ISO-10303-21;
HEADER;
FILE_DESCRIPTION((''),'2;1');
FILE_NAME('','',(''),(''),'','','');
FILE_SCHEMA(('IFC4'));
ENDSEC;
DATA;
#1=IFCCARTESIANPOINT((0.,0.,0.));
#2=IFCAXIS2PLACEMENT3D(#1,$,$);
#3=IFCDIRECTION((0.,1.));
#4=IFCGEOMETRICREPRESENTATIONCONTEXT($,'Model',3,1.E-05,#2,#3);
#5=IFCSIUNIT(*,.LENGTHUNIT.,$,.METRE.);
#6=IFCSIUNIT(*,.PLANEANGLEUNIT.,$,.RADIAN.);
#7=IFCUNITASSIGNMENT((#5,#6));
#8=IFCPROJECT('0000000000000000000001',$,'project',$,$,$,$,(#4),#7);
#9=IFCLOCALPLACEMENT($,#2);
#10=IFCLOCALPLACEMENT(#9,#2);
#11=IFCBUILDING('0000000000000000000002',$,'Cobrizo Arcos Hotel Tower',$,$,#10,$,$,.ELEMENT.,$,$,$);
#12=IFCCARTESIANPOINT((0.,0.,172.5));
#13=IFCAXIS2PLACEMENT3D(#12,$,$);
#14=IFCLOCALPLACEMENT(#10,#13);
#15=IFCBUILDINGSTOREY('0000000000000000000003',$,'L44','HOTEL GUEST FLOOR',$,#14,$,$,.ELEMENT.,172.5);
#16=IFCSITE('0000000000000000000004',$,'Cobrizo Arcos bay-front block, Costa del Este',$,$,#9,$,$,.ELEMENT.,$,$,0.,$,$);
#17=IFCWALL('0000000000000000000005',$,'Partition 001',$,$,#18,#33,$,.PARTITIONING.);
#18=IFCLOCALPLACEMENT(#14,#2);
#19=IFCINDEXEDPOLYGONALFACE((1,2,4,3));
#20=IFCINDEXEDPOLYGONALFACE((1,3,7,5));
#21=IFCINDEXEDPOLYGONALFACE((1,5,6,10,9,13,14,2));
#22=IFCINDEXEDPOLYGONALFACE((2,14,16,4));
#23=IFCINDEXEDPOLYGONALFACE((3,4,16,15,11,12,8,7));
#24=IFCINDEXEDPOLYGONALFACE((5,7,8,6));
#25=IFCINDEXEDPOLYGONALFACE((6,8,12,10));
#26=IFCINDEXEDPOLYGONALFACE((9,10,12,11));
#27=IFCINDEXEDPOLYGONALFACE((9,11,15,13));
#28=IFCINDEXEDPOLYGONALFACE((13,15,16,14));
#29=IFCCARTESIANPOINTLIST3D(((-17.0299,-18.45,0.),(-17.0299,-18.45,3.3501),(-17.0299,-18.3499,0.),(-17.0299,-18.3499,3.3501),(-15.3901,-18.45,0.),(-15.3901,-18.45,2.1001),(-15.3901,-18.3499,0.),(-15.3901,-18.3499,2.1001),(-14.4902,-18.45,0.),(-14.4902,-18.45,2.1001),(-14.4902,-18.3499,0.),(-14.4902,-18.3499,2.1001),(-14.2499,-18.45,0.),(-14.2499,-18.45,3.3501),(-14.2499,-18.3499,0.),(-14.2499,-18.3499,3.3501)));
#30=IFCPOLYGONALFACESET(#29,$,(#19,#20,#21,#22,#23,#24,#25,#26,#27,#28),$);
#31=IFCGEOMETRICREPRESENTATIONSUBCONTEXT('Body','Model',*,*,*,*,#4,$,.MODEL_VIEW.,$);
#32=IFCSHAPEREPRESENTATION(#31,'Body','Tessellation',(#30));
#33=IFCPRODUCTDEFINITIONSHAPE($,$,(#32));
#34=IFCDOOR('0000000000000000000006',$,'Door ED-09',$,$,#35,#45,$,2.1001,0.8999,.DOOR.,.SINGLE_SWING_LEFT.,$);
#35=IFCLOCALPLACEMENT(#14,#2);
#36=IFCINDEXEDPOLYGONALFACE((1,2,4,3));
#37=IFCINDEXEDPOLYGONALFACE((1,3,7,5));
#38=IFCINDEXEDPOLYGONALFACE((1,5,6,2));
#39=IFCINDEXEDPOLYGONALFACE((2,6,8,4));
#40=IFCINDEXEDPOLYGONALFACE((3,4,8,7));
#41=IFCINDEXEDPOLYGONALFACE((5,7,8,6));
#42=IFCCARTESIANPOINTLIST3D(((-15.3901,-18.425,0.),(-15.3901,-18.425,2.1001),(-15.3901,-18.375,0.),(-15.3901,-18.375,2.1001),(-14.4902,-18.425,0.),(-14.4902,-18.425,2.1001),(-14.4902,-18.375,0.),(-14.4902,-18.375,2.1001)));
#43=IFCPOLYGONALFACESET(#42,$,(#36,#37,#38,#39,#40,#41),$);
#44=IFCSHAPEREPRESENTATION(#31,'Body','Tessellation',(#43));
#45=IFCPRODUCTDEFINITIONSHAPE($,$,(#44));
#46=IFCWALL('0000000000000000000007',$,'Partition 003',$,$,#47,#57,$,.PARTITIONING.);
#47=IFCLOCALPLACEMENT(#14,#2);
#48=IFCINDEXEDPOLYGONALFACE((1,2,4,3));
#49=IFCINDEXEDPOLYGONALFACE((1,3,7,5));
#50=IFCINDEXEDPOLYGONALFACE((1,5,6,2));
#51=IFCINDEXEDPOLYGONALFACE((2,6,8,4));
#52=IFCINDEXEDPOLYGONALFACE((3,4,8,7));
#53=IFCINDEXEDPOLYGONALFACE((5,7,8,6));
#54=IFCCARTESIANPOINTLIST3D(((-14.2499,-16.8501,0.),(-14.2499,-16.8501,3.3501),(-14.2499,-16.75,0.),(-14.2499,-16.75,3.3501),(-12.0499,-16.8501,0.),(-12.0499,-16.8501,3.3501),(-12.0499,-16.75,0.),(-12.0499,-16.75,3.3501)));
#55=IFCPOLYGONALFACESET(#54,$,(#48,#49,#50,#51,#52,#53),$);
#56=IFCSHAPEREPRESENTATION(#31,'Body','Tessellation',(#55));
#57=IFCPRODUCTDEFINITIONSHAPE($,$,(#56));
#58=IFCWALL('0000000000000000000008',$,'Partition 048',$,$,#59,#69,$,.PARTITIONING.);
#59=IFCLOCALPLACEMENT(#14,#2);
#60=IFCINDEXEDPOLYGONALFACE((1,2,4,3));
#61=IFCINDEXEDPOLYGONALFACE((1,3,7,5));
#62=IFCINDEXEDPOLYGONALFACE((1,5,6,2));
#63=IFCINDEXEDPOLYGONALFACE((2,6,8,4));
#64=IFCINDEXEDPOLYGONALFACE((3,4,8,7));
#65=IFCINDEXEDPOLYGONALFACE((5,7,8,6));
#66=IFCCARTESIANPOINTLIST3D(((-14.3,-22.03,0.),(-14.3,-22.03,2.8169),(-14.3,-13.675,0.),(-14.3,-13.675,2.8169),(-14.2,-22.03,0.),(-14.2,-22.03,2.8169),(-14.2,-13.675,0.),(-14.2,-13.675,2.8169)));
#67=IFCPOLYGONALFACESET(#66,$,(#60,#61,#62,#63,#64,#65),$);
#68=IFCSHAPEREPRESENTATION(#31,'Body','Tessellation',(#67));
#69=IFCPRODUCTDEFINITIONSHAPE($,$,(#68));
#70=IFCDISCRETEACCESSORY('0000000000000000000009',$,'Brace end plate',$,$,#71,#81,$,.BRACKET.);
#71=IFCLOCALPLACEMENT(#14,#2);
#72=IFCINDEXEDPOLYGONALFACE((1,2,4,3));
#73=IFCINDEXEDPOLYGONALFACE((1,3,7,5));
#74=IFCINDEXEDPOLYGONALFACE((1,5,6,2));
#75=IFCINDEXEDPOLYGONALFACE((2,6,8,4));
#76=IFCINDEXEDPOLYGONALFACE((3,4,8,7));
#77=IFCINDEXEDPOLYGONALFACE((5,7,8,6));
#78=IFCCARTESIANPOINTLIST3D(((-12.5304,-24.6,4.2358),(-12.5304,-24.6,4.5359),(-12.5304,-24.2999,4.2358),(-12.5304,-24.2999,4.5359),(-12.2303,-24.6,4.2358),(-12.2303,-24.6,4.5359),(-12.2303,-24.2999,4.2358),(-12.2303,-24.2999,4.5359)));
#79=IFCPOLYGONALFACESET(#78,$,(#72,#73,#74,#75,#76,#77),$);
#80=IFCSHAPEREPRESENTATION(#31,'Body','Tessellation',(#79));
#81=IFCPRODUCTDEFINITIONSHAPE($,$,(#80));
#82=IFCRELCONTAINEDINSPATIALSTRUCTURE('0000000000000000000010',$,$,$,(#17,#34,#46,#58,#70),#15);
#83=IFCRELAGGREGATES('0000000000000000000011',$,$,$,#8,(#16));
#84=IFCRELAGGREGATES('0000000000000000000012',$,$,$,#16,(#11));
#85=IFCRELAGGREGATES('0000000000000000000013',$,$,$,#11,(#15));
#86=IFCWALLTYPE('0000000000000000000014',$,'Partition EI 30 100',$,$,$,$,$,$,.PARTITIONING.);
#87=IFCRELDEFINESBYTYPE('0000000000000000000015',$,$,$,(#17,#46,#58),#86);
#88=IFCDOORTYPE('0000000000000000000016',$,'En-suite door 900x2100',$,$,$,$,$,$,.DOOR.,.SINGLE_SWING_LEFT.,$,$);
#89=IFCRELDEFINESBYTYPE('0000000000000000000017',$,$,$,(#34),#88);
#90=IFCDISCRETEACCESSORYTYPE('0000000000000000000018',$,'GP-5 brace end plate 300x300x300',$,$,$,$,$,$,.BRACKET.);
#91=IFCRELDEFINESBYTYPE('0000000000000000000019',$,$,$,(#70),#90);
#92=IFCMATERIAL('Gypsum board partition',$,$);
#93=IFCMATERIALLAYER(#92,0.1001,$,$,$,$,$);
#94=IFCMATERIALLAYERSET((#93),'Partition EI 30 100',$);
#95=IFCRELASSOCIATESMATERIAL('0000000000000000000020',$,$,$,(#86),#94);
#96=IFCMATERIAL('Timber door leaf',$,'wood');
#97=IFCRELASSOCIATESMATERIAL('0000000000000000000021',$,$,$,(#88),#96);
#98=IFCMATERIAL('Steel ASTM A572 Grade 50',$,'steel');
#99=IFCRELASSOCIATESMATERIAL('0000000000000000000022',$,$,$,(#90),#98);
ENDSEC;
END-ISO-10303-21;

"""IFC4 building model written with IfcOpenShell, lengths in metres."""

from ifc_helpers import new_model, si_unit, direction, frame, frame_2d, origin, origin_2d, place, context, subcontext, project, spatial, rectangle, extrude, material, layer, layer_set, type_object, element, fill, save


model = new_model("IFC4")

# Units and contexts
model_context = context("Model", 3, precision=1e-05, world=origin(), true_north=direction((0.0, 1.0)))
body_context = subcontext(model_context, "Body", "Model", "MODEL_VIEW")
ifc_project = project(units=[si_unit("LENGTHUNIT", "METRE"), si_unit("PLANEANGLEUNIT", "RADIAN")], contexts=[model_context])

# Site, building, storey
site_placement = place(None, origin())
site = spatial("IfcSite", under=ifc_project, at=site_placement, Name="Cobrizo Arcos bay-front block, Costa del Este", CompositionType="ELEMENT", RefElevation=0.0)
building_placement = place(site_placement, origin())
building = spatial("IfcBuilding", under=site, at=building_placement, Name="Cobrizo Arcos Hotel Tower", CompositionType="ELEMENT")
storey_placement = place(building_placement, frame((0.0, 0.0, 172.5)))
storey = spatial("IfcBuildingStorey", under=building, at=storey_placement, Name="L44", Description="HOTEL GUEST FLOOR", CompositionType="ELEMENT", Elevation=172.5)

# Shared definitions
ifc_material_1 = material(Name="Steel ASTM A572 Grade 50", Category="steel")

# Wall, opening, door
ifc_material_2 = material(Name="Gypsum board partition")
ifc_layer_1 = layer(ifc_material_2, 0.1001)
ifc_layer_set_1 = layer_set([ifc_layer_1], Name="Partition EI 30 100")
wall_type = type_object("IfcWallType", Name="Partition EI 30 100", PredefinedType="PARTITIONING", material=ifc_layer_set_1)
wall_1_placement = place(storey_placement, frame((-17.03, -18.3999, 0.0), z_axis=(0.0, 0.0, 1.0), x_axis=(1.0, 0.0, 0.0)))
wall_1 = element("IfcWall", 1, at=wall_1_placement, inside=storey, type_object=wall_type, Name="Partition 001", PredefinedType="PARTITIONING", context=body_context, shape_type="SweptSolid", body=[
    extrude(rectangle(XDim=2.78, YDim=0.1001, at=frame_2d((1.3901, 0.0))), origin(), (0.0, 0.0, 1.0), 3.3501),
])
opening_placement = place(wall_1_placement, frame((1.6399, 0.0, 0.0)))
opening = element("IfcOpeningElement", 2, at=opening_placement, cuts=wall_1, PredefinedType="OPENING", context=body_context, shape_type="SweptSolid", body=[
    extrude(rectangle(XDim=0.8999, YDim=2.1001, at=frame_2d((0.45, 1.05))), frame((0.0, 0.062, 0.0), z_axis=(0.0, -1.0, 0.0), x_axis=(1.0, 0.0, 0.0)), (0.0, 0.0, 1.0), 0.124),
])
ifc_material_3 = material(Name="Timber door leaf", Category="wood")
door_type = type_object("IfcDoorType", Name="En-suite door 900x2100", OperationType="SINGLE_SWING_LEFT", PredefinedType="DOOR", material=ifc_material_3)
door_placement = place(opening_placement, origin())
door = element("IfcDoor", 3, at=door_placement, inside=storey, type_object=door_type, Name="Door ED-09", OperationType="SINGLE_SWING_LEFT", OverallHeight=2.1001, OverallWidth=0.8999, PredefinedType="DOOR", context=body_context, shape_type="SweptSolid", body=[
    extrude(rectangle(XDim=0.8999, YDim=2.1001, at=frame_2d((0.45, 1.05))), frame((0.0, 0.0249, 0.0), z_axis=(0.0, -1.0, 0.0), x_axis=(1.0, 0.0, 0.0)), (0.0, 0.0, 1.0), 0.05),
])
fill(opening, door)

# Walls
wall_2_placement = place(storey_placement, frame((-14.25, -16.8, 0.0), z_axis=(0.0, 0.0, 1.0), x_axis=(1.0, 0.0, 0.0)))
element("IfcWall", 4, at=wall_2_placement, inside=storey, type_object=wall_type, Name="Partition 003", PredefinedType="PARTITIONING", context=body_context, shape_type="SweptSolid", body=[
    extrude(rectangle(XDim=2.2, YDim=0.1001, at=frame_2d((1.1001, 0.0))), origin(), (0.0, 0.0, 1.0), 3.3501),
])
wall_3_placement = place(storey_placement, frame((-14.25, -22.03, 0.0), z_axis=(0.0, 0.0, 1.0), x_axis=(0.0, 1.0, 0.0)))
element("IfcWall", 5, at=wall_3_placement, inside=storey, type_object=wall_type, Name="Partition 048", PredefinedType="PARTITIONING", context=body_context, shape_type="SweptSolid", body=[
    extrude(rectangle(XDim=8.355, YDim=0.1001, at=frame_2d((4.1775, 0.0))), origin(), (0.0, 0.0, 1.0), 2.8169),
])

# Discrete accessory
discrete_accessory_type = type_object("IfcDiscreteAccessoryType", Name="GP-5 brace end plate 300x300x300", PredefinedType="BRACKET", material=ifc_material_1)
discrete_accessory_placement = place(storey_placement, frame((-12.3804, -24.45, 4.2358), z_axis=(0.0, 0.0, 1.0), x_axis=(1.0, 0.0, 0.0)))
element("IfcDiscreteAccessory", 6, at=discrete_accessory_placement, inside=storey, type_object=discrete_accessory_type, Name="Brace end plate", PredefinedType="BRACKET", context=body_context, shape_type="SweptSolid", body=[
    extrude(rectangle(XDim=0.3, YDim=0.3, at=origin_2d()), origin(), (0.0, 0.0, 1.0), 0.3),
])

save(model, "model.ifc")
